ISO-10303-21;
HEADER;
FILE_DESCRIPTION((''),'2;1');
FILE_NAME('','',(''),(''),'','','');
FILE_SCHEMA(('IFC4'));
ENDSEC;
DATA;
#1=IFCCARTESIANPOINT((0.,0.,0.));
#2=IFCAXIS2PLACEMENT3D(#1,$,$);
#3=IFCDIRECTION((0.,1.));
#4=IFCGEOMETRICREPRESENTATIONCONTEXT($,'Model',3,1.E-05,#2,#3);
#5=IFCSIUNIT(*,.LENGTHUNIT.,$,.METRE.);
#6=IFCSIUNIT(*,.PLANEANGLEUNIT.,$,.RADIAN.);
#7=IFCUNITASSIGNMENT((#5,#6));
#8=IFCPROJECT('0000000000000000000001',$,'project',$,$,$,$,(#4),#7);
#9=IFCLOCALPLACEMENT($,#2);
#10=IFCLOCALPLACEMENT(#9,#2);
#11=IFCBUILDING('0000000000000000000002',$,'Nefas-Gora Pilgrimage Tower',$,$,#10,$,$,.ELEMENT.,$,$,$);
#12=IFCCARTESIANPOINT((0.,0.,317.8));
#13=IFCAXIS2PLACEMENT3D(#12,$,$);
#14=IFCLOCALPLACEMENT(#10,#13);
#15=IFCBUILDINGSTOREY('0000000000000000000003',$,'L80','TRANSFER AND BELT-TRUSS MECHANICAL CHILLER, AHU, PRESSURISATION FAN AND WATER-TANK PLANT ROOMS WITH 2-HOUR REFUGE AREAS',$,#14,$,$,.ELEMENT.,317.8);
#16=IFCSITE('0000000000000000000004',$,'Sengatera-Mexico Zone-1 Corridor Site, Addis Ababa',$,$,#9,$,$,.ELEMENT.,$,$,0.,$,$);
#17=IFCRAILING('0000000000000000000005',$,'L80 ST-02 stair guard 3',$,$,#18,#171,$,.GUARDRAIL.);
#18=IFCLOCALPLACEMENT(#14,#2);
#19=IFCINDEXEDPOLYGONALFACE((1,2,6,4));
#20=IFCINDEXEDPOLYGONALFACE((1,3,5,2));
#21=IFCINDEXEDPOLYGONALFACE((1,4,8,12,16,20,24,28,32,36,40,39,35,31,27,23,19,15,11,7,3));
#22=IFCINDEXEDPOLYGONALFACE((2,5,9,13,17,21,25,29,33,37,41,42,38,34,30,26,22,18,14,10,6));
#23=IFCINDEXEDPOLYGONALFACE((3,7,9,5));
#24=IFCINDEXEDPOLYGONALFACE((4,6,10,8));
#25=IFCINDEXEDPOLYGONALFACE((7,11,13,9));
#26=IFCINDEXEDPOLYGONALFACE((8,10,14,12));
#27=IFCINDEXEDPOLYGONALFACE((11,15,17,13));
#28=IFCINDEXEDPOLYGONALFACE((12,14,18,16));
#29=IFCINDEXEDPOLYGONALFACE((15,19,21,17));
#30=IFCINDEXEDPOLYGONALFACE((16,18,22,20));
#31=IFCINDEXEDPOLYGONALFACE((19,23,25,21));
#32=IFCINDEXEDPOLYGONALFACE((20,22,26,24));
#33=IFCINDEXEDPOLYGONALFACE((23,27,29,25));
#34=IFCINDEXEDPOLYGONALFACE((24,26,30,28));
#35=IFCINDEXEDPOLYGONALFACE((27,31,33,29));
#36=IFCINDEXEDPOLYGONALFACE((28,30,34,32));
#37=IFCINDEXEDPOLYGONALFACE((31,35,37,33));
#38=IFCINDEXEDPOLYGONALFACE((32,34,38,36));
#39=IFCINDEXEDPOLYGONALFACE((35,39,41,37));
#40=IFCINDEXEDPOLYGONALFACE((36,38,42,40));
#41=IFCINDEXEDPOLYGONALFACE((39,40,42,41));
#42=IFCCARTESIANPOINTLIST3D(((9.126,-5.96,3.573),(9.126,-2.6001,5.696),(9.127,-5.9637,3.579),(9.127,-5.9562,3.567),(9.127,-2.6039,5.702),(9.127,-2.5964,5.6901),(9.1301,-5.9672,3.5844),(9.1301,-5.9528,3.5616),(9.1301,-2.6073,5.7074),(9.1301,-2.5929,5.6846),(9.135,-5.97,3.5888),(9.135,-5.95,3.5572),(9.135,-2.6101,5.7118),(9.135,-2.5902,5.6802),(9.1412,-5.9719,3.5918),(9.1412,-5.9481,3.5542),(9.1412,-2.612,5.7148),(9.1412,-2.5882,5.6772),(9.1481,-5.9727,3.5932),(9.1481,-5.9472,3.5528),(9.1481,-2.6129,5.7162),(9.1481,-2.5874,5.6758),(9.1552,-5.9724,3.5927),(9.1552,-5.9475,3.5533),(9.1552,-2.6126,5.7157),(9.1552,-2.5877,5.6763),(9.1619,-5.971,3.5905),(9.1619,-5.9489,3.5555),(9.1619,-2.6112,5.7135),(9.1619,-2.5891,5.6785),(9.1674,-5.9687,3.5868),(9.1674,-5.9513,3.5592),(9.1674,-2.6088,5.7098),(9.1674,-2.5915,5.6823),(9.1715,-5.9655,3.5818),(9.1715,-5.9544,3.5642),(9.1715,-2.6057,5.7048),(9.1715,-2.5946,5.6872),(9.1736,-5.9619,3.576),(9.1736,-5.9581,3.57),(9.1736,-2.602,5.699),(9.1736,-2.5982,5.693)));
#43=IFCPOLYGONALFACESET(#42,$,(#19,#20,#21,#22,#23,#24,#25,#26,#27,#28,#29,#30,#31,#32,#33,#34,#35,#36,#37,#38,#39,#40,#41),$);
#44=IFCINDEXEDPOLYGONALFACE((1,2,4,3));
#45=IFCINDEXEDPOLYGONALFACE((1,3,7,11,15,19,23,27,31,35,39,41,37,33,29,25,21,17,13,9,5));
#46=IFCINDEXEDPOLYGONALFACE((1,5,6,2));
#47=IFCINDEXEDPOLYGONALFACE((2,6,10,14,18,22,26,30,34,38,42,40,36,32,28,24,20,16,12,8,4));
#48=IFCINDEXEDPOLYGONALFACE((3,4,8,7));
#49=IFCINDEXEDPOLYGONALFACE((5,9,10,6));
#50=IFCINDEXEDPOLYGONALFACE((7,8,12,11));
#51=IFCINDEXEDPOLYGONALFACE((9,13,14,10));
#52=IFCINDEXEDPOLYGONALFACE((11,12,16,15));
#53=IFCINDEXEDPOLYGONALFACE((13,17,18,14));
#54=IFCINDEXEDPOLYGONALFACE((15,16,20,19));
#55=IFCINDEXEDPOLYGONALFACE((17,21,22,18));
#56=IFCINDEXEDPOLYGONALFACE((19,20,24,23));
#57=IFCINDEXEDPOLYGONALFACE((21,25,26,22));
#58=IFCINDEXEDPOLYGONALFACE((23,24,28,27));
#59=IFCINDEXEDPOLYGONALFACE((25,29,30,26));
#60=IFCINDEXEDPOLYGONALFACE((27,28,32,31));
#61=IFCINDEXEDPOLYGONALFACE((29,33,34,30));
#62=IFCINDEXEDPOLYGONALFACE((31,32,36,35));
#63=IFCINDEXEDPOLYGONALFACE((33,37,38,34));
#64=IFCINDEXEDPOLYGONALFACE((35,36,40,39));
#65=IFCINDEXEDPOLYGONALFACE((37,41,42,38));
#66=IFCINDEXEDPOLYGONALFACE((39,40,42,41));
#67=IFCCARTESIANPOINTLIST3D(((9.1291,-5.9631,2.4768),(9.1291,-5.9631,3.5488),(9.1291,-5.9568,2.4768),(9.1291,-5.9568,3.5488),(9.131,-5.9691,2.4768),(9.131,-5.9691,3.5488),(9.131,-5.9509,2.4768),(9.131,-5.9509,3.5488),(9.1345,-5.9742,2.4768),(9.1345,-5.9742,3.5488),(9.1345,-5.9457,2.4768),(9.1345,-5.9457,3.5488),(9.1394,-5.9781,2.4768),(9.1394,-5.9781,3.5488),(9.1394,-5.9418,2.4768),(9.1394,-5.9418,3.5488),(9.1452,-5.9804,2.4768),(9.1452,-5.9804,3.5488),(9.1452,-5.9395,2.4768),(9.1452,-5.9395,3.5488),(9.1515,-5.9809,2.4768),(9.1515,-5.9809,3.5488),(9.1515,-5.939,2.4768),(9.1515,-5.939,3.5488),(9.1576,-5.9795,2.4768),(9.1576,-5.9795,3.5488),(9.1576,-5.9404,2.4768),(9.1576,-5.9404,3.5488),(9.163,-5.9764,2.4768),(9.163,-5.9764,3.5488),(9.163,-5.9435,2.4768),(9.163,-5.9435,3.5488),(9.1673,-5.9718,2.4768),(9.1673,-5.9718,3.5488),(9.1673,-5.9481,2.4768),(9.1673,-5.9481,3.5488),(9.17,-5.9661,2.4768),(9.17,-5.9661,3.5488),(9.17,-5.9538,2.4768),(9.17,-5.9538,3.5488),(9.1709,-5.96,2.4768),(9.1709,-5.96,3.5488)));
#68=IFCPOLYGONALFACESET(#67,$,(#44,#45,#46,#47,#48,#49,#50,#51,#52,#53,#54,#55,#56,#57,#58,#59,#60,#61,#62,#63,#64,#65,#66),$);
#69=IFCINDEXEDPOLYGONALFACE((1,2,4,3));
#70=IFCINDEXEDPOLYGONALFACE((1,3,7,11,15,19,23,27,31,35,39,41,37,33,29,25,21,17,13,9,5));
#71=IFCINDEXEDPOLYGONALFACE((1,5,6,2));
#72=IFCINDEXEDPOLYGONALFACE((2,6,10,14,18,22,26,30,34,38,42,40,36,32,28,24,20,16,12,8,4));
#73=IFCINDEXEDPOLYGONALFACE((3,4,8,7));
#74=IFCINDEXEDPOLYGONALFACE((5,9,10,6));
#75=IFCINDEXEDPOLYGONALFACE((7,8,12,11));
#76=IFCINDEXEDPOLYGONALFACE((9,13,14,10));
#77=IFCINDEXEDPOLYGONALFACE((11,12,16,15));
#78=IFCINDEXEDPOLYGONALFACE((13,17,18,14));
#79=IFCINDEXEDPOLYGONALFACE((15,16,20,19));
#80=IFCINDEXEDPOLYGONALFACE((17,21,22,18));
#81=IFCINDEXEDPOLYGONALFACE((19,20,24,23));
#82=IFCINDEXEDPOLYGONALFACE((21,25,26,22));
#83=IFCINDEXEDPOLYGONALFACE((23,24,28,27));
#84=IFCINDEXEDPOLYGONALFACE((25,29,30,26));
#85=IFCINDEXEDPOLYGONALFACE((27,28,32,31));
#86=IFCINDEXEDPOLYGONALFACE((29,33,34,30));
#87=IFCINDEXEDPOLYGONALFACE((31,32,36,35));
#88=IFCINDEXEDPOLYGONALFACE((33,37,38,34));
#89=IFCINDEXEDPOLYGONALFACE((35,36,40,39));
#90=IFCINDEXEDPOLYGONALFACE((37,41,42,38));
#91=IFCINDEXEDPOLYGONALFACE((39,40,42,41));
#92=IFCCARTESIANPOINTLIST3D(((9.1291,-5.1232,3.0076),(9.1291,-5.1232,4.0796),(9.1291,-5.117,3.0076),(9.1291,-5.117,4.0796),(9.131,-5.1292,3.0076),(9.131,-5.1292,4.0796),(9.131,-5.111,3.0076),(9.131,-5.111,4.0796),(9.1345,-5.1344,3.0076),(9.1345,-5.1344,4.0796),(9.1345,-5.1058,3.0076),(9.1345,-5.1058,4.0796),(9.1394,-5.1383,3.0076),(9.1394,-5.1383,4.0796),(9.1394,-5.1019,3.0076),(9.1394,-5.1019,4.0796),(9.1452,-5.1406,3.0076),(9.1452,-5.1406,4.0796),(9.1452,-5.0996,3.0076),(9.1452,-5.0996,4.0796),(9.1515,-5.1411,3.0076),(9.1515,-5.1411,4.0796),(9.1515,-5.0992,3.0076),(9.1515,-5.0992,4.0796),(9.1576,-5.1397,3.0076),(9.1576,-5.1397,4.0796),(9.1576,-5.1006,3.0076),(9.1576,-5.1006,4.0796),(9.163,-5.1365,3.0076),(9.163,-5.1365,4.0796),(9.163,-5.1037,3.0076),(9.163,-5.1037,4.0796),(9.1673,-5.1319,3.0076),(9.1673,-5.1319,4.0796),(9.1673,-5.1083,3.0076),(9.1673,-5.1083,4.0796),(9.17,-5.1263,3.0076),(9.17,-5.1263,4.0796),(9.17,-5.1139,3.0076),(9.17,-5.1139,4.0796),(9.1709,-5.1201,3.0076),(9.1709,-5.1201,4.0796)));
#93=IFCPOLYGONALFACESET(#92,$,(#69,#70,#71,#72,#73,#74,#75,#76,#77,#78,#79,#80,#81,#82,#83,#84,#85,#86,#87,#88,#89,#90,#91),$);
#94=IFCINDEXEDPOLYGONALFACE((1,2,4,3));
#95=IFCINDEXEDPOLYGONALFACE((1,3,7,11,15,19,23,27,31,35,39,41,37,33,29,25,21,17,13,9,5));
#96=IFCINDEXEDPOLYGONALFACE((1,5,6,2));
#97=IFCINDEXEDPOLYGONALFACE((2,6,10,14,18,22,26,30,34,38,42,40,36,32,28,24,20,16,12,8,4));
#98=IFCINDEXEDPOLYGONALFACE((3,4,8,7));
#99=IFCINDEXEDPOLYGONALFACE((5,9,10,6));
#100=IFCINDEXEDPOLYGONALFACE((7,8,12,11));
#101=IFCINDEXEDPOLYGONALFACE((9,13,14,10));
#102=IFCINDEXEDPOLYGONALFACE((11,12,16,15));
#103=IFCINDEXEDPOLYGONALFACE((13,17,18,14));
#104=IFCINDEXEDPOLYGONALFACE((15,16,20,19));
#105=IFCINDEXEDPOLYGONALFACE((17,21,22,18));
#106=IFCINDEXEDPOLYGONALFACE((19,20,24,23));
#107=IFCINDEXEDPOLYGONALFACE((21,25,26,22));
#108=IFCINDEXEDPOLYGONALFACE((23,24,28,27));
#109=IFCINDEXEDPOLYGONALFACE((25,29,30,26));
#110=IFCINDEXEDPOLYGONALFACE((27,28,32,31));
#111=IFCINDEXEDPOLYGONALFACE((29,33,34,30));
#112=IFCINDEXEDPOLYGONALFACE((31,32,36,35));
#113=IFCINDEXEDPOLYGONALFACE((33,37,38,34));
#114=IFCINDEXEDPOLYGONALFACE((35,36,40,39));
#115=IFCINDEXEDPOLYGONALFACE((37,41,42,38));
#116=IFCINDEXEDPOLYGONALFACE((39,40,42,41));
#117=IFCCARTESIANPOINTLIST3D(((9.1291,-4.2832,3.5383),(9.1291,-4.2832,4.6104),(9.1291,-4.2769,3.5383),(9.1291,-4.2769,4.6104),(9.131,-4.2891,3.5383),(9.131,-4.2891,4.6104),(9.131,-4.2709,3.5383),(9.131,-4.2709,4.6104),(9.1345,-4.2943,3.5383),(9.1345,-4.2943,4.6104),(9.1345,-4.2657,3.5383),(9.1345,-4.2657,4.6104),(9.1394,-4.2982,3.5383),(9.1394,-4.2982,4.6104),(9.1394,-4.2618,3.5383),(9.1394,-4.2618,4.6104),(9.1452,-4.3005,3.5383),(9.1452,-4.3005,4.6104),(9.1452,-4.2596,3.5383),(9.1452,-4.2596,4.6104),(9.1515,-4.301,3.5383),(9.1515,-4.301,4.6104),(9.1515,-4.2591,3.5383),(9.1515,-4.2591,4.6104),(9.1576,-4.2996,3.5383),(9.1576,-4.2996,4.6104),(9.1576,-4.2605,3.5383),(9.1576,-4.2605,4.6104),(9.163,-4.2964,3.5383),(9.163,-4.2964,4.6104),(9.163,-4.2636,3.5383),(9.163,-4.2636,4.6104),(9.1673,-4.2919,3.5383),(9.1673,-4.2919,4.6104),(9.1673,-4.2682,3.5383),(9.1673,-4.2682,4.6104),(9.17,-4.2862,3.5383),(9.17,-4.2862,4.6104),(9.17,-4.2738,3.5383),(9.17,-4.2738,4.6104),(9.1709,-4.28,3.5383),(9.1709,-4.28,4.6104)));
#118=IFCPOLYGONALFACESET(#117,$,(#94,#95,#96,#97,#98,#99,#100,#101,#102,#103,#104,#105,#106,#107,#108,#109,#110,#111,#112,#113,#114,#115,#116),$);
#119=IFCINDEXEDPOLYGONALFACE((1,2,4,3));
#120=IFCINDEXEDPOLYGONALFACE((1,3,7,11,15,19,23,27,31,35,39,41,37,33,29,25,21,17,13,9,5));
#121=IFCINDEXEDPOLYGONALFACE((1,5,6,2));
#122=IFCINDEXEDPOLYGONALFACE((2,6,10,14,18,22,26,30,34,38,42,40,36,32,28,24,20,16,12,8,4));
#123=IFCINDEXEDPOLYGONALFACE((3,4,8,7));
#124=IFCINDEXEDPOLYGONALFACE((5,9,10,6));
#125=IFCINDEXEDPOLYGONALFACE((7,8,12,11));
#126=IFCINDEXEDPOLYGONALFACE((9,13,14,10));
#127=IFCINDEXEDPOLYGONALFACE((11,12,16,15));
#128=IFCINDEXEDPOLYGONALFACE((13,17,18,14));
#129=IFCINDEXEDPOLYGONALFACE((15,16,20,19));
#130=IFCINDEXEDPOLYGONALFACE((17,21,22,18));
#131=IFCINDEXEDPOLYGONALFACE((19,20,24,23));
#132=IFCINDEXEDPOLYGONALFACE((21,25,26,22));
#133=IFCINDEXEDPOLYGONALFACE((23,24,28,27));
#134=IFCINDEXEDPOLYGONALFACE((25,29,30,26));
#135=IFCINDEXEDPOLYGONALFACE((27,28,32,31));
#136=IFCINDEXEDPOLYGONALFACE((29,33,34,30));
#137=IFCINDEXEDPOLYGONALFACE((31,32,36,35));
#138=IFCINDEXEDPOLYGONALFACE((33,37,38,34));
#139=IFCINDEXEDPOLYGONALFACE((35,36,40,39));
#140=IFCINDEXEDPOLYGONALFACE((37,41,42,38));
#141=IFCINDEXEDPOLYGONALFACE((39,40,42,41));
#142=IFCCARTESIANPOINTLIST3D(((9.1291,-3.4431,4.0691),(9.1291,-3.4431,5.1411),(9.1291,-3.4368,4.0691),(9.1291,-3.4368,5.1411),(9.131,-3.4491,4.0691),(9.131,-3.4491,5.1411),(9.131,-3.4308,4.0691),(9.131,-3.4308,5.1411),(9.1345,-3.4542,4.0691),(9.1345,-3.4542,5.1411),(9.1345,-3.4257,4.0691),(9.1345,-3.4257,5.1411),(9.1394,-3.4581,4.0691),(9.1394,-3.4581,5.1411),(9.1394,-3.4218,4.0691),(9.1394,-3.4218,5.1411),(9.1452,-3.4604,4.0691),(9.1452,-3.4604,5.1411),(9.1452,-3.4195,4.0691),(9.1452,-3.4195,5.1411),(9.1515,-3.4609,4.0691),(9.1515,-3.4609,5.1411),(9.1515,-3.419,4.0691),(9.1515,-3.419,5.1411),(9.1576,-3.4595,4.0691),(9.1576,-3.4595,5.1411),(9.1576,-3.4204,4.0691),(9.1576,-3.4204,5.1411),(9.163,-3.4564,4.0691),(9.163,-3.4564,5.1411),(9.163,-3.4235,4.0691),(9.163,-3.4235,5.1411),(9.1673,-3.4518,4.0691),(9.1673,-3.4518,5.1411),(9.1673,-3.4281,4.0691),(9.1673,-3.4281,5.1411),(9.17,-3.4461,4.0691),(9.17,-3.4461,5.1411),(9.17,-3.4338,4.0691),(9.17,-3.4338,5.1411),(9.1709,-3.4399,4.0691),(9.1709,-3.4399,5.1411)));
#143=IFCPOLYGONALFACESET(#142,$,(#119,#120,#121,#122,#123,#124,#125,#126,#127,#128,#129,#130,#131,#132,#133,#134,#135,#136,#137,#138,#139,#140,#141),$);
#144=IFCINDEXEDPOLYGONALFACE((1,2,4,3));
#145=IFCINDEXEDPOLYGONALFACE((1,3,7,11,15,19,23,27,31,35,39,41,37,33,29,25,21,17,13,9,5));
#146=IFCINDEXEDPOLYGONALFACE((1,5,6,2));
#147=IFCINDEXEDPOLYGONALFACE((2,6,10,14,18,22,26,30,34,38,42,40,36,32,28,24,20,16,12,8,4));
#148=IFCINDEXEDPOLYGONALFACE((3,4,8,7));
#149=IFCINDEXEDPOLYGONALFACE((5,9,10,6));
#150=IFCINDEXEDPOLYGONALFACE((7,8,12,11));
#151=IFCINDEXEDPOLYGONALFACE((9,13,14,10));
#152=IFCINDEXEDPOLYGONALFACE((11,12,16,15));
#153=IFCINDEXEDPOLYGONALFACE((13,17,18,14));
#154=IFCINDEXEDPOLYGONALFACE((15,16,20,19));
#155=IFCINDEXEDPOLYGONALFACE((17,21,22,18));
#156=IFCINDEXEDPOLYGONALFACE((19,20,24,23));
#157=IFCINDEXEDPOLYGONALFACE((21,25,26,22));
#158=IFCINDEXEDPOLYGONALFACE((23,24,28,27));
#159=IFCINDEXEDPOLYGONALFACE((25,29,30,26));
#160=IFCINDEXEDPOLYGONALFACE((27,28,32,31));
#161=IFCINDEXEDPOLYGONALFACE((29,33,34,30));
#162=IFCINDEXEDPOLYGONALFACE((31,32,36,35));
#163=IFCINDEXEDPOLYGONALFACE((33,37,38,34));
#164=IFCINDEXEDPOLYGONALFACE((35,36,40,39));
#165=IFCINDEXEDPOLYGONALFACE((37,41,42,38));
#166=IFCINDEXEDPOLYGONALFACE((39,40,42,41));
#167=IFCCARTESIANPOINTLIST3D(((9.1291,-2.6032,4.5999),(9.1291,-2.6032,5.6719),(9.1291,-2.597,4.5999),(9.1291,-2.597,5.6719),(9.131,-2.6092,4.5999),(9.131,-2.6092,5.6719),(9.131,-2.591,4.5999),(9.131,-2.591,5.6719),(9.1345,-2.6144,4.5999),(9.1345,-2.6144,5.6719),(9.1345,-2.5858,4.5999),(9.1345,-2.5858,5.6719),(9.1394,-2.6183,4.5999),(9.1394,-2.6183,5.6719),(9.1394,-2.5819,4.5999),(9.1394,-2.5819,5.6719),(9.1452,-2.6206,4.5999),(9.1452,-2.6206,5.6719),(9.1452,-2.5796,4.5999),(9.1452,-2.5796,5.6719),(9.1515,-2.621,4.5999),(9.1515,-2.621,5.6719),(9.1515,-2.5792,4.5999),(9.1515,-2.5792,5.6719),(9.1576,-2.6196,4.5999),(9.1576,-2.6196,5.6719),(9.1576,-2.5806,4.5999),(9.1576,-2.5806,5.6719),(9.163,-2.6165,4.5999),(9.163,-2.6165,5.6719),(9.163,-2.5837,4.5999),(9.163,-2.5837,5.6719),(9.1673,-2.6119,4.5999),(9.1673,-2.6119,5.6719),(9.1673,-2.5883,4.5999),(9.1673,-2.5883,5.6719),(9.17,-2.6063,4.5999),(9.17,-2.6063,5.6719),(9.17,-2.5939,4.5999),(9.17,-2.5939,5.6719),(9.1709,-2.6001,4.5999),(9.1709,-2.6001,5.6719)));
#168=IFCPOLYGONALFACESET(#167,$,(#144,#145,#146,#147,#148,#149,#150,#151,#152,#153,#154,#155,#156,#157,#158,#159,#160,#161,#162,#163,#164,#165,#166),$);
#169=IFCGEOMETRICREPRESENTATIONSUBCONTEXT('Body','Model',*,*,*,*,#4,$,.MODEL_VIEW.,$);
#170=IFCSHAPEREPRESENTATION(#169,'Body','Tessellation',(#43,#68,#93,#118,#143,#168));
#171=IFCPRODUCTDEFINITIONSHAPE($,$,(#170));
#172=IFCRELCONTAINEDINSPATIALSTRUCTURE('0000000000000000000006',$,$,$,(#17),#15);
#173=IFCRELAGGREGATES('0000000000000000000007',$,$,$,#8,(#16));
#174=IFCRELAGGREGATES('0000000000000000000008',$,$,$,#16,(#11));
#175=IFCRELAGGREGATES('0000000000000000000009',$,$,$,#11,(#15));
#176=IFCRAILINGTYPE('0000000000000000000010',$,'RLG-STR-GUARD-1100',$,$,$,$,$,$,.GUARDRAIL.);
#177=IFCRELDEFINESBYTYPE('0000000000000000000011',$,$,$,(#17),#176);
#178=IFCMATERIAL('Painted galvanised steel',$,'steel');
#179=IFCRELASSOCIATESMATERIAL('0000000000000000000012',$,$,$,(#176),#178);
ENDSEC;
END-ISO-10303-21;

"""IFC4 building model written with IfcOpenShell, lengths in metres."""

from ifc_helpers import new_model, si_unit, direction, frame, origin, origin_2d, place, context, subcontext, project, spatial, circle, extrude, material, type_object, element, save


model = new_model("IFC4")

# Units and contexts
model_context = context("Model", 3, precision=1e-05, world=origin(), true_north=direction((0.0, 1.0)))
body_context = subcontext(model_context, "Body", "Model", "MODEL_VIEW")
ifc_project = project(units=[si_unit("LENGTHUNIT", "METRE"), si_unit("PLANEANGLEUNIT", "RADIAN")], contexts=[model_context])

# Site, building, storey
site_placement = place(None, origin())
site = spatial("IfcSite", under=ifc_project, at=site_placement, Name="Sengatera-Mexico Zone-1 Corridor Site, Addis Ababa", CompositionType="ELEMENT", RefElevation=0.0)
building_placement = place(site_placement, origin())
building = spatial("IfcBuilding", under=site, at=building_placement, Name="Nefas-Gora Pilgrimage Tower", CompositionType="ELEMENT")
storey_placement = place(building_placement, frame((0.0, 0.0, 317.8)))
storey = spatial("IfcBuildingStorey", under=building, at=storey_placement, Name="L80", Description="TRANSFER AND BELT-TRUSS MECHANICAL CHILLER, AHU, PRESSURISATION FAN AND WATER-TANK PLANT ROOMS WITH 2-HOUR REFUGE AREAS", CompositionType="ELEMENT", Elevation=317.8)

# Railing
ifc_material_1 = material(Name="Painted galvanised steel", Category="steel")
railing_type_1 = type_object("IfcRailingType", Name="RLG-STR-GUARD-1100", PredefinedType="GUARDRAIL", material=ifc_material_1)
railing_1_placement = place(storey_placement, frame((9.1499, -5.96, 2.4768)))
element("IfcRailing", 1, at=railing_1_placement, inside=storey, type_object=railing_type_1, Name="L80 ST-02 stair guard 3", PredefinedType="GUARDRAIL", context=body_context, shape_type="SweptSolid", body=[
    extrude(circle(Radius=0.0239, at=origin_2d()), frame((0.0, 0.0, 1.0962), z_axis=(0.0, 0.845372, 0.534178), x_axis=(-1.0, 0.0, 0.0)), (0.0, 0.0, 1.0), 3.9744),
    extrude(circle(Radius=0.021, at=origin_2d()), origin(), (0.0, 0.0, 1.0), 1.072),
    extrude(circle(Radius=0.021, at=origin_2d()), frame((0.0, 0.8398, 0.5308)), (0.0, 0.0, 1.0), 1.072),
    extrude(circle(Radius=0.021, at=origin_2d()), frame((0.0, 1.6799, 1.0615)), (0.0, 0.0, 1.0), 1.072),
    extrude(circle(Radius=0.021, at=origin_2d()), frame((0.0, 2.52, 1.5923)), (0.0, 0.0, 1.0), 1.072),
    extrude(circle(Radius=0.021, at=origin_2d()), frame((0.0, 3.3599, 2.123)), (0.0, 0.0, 1.0), 1.072),
])

save(model, "model.ifc")
